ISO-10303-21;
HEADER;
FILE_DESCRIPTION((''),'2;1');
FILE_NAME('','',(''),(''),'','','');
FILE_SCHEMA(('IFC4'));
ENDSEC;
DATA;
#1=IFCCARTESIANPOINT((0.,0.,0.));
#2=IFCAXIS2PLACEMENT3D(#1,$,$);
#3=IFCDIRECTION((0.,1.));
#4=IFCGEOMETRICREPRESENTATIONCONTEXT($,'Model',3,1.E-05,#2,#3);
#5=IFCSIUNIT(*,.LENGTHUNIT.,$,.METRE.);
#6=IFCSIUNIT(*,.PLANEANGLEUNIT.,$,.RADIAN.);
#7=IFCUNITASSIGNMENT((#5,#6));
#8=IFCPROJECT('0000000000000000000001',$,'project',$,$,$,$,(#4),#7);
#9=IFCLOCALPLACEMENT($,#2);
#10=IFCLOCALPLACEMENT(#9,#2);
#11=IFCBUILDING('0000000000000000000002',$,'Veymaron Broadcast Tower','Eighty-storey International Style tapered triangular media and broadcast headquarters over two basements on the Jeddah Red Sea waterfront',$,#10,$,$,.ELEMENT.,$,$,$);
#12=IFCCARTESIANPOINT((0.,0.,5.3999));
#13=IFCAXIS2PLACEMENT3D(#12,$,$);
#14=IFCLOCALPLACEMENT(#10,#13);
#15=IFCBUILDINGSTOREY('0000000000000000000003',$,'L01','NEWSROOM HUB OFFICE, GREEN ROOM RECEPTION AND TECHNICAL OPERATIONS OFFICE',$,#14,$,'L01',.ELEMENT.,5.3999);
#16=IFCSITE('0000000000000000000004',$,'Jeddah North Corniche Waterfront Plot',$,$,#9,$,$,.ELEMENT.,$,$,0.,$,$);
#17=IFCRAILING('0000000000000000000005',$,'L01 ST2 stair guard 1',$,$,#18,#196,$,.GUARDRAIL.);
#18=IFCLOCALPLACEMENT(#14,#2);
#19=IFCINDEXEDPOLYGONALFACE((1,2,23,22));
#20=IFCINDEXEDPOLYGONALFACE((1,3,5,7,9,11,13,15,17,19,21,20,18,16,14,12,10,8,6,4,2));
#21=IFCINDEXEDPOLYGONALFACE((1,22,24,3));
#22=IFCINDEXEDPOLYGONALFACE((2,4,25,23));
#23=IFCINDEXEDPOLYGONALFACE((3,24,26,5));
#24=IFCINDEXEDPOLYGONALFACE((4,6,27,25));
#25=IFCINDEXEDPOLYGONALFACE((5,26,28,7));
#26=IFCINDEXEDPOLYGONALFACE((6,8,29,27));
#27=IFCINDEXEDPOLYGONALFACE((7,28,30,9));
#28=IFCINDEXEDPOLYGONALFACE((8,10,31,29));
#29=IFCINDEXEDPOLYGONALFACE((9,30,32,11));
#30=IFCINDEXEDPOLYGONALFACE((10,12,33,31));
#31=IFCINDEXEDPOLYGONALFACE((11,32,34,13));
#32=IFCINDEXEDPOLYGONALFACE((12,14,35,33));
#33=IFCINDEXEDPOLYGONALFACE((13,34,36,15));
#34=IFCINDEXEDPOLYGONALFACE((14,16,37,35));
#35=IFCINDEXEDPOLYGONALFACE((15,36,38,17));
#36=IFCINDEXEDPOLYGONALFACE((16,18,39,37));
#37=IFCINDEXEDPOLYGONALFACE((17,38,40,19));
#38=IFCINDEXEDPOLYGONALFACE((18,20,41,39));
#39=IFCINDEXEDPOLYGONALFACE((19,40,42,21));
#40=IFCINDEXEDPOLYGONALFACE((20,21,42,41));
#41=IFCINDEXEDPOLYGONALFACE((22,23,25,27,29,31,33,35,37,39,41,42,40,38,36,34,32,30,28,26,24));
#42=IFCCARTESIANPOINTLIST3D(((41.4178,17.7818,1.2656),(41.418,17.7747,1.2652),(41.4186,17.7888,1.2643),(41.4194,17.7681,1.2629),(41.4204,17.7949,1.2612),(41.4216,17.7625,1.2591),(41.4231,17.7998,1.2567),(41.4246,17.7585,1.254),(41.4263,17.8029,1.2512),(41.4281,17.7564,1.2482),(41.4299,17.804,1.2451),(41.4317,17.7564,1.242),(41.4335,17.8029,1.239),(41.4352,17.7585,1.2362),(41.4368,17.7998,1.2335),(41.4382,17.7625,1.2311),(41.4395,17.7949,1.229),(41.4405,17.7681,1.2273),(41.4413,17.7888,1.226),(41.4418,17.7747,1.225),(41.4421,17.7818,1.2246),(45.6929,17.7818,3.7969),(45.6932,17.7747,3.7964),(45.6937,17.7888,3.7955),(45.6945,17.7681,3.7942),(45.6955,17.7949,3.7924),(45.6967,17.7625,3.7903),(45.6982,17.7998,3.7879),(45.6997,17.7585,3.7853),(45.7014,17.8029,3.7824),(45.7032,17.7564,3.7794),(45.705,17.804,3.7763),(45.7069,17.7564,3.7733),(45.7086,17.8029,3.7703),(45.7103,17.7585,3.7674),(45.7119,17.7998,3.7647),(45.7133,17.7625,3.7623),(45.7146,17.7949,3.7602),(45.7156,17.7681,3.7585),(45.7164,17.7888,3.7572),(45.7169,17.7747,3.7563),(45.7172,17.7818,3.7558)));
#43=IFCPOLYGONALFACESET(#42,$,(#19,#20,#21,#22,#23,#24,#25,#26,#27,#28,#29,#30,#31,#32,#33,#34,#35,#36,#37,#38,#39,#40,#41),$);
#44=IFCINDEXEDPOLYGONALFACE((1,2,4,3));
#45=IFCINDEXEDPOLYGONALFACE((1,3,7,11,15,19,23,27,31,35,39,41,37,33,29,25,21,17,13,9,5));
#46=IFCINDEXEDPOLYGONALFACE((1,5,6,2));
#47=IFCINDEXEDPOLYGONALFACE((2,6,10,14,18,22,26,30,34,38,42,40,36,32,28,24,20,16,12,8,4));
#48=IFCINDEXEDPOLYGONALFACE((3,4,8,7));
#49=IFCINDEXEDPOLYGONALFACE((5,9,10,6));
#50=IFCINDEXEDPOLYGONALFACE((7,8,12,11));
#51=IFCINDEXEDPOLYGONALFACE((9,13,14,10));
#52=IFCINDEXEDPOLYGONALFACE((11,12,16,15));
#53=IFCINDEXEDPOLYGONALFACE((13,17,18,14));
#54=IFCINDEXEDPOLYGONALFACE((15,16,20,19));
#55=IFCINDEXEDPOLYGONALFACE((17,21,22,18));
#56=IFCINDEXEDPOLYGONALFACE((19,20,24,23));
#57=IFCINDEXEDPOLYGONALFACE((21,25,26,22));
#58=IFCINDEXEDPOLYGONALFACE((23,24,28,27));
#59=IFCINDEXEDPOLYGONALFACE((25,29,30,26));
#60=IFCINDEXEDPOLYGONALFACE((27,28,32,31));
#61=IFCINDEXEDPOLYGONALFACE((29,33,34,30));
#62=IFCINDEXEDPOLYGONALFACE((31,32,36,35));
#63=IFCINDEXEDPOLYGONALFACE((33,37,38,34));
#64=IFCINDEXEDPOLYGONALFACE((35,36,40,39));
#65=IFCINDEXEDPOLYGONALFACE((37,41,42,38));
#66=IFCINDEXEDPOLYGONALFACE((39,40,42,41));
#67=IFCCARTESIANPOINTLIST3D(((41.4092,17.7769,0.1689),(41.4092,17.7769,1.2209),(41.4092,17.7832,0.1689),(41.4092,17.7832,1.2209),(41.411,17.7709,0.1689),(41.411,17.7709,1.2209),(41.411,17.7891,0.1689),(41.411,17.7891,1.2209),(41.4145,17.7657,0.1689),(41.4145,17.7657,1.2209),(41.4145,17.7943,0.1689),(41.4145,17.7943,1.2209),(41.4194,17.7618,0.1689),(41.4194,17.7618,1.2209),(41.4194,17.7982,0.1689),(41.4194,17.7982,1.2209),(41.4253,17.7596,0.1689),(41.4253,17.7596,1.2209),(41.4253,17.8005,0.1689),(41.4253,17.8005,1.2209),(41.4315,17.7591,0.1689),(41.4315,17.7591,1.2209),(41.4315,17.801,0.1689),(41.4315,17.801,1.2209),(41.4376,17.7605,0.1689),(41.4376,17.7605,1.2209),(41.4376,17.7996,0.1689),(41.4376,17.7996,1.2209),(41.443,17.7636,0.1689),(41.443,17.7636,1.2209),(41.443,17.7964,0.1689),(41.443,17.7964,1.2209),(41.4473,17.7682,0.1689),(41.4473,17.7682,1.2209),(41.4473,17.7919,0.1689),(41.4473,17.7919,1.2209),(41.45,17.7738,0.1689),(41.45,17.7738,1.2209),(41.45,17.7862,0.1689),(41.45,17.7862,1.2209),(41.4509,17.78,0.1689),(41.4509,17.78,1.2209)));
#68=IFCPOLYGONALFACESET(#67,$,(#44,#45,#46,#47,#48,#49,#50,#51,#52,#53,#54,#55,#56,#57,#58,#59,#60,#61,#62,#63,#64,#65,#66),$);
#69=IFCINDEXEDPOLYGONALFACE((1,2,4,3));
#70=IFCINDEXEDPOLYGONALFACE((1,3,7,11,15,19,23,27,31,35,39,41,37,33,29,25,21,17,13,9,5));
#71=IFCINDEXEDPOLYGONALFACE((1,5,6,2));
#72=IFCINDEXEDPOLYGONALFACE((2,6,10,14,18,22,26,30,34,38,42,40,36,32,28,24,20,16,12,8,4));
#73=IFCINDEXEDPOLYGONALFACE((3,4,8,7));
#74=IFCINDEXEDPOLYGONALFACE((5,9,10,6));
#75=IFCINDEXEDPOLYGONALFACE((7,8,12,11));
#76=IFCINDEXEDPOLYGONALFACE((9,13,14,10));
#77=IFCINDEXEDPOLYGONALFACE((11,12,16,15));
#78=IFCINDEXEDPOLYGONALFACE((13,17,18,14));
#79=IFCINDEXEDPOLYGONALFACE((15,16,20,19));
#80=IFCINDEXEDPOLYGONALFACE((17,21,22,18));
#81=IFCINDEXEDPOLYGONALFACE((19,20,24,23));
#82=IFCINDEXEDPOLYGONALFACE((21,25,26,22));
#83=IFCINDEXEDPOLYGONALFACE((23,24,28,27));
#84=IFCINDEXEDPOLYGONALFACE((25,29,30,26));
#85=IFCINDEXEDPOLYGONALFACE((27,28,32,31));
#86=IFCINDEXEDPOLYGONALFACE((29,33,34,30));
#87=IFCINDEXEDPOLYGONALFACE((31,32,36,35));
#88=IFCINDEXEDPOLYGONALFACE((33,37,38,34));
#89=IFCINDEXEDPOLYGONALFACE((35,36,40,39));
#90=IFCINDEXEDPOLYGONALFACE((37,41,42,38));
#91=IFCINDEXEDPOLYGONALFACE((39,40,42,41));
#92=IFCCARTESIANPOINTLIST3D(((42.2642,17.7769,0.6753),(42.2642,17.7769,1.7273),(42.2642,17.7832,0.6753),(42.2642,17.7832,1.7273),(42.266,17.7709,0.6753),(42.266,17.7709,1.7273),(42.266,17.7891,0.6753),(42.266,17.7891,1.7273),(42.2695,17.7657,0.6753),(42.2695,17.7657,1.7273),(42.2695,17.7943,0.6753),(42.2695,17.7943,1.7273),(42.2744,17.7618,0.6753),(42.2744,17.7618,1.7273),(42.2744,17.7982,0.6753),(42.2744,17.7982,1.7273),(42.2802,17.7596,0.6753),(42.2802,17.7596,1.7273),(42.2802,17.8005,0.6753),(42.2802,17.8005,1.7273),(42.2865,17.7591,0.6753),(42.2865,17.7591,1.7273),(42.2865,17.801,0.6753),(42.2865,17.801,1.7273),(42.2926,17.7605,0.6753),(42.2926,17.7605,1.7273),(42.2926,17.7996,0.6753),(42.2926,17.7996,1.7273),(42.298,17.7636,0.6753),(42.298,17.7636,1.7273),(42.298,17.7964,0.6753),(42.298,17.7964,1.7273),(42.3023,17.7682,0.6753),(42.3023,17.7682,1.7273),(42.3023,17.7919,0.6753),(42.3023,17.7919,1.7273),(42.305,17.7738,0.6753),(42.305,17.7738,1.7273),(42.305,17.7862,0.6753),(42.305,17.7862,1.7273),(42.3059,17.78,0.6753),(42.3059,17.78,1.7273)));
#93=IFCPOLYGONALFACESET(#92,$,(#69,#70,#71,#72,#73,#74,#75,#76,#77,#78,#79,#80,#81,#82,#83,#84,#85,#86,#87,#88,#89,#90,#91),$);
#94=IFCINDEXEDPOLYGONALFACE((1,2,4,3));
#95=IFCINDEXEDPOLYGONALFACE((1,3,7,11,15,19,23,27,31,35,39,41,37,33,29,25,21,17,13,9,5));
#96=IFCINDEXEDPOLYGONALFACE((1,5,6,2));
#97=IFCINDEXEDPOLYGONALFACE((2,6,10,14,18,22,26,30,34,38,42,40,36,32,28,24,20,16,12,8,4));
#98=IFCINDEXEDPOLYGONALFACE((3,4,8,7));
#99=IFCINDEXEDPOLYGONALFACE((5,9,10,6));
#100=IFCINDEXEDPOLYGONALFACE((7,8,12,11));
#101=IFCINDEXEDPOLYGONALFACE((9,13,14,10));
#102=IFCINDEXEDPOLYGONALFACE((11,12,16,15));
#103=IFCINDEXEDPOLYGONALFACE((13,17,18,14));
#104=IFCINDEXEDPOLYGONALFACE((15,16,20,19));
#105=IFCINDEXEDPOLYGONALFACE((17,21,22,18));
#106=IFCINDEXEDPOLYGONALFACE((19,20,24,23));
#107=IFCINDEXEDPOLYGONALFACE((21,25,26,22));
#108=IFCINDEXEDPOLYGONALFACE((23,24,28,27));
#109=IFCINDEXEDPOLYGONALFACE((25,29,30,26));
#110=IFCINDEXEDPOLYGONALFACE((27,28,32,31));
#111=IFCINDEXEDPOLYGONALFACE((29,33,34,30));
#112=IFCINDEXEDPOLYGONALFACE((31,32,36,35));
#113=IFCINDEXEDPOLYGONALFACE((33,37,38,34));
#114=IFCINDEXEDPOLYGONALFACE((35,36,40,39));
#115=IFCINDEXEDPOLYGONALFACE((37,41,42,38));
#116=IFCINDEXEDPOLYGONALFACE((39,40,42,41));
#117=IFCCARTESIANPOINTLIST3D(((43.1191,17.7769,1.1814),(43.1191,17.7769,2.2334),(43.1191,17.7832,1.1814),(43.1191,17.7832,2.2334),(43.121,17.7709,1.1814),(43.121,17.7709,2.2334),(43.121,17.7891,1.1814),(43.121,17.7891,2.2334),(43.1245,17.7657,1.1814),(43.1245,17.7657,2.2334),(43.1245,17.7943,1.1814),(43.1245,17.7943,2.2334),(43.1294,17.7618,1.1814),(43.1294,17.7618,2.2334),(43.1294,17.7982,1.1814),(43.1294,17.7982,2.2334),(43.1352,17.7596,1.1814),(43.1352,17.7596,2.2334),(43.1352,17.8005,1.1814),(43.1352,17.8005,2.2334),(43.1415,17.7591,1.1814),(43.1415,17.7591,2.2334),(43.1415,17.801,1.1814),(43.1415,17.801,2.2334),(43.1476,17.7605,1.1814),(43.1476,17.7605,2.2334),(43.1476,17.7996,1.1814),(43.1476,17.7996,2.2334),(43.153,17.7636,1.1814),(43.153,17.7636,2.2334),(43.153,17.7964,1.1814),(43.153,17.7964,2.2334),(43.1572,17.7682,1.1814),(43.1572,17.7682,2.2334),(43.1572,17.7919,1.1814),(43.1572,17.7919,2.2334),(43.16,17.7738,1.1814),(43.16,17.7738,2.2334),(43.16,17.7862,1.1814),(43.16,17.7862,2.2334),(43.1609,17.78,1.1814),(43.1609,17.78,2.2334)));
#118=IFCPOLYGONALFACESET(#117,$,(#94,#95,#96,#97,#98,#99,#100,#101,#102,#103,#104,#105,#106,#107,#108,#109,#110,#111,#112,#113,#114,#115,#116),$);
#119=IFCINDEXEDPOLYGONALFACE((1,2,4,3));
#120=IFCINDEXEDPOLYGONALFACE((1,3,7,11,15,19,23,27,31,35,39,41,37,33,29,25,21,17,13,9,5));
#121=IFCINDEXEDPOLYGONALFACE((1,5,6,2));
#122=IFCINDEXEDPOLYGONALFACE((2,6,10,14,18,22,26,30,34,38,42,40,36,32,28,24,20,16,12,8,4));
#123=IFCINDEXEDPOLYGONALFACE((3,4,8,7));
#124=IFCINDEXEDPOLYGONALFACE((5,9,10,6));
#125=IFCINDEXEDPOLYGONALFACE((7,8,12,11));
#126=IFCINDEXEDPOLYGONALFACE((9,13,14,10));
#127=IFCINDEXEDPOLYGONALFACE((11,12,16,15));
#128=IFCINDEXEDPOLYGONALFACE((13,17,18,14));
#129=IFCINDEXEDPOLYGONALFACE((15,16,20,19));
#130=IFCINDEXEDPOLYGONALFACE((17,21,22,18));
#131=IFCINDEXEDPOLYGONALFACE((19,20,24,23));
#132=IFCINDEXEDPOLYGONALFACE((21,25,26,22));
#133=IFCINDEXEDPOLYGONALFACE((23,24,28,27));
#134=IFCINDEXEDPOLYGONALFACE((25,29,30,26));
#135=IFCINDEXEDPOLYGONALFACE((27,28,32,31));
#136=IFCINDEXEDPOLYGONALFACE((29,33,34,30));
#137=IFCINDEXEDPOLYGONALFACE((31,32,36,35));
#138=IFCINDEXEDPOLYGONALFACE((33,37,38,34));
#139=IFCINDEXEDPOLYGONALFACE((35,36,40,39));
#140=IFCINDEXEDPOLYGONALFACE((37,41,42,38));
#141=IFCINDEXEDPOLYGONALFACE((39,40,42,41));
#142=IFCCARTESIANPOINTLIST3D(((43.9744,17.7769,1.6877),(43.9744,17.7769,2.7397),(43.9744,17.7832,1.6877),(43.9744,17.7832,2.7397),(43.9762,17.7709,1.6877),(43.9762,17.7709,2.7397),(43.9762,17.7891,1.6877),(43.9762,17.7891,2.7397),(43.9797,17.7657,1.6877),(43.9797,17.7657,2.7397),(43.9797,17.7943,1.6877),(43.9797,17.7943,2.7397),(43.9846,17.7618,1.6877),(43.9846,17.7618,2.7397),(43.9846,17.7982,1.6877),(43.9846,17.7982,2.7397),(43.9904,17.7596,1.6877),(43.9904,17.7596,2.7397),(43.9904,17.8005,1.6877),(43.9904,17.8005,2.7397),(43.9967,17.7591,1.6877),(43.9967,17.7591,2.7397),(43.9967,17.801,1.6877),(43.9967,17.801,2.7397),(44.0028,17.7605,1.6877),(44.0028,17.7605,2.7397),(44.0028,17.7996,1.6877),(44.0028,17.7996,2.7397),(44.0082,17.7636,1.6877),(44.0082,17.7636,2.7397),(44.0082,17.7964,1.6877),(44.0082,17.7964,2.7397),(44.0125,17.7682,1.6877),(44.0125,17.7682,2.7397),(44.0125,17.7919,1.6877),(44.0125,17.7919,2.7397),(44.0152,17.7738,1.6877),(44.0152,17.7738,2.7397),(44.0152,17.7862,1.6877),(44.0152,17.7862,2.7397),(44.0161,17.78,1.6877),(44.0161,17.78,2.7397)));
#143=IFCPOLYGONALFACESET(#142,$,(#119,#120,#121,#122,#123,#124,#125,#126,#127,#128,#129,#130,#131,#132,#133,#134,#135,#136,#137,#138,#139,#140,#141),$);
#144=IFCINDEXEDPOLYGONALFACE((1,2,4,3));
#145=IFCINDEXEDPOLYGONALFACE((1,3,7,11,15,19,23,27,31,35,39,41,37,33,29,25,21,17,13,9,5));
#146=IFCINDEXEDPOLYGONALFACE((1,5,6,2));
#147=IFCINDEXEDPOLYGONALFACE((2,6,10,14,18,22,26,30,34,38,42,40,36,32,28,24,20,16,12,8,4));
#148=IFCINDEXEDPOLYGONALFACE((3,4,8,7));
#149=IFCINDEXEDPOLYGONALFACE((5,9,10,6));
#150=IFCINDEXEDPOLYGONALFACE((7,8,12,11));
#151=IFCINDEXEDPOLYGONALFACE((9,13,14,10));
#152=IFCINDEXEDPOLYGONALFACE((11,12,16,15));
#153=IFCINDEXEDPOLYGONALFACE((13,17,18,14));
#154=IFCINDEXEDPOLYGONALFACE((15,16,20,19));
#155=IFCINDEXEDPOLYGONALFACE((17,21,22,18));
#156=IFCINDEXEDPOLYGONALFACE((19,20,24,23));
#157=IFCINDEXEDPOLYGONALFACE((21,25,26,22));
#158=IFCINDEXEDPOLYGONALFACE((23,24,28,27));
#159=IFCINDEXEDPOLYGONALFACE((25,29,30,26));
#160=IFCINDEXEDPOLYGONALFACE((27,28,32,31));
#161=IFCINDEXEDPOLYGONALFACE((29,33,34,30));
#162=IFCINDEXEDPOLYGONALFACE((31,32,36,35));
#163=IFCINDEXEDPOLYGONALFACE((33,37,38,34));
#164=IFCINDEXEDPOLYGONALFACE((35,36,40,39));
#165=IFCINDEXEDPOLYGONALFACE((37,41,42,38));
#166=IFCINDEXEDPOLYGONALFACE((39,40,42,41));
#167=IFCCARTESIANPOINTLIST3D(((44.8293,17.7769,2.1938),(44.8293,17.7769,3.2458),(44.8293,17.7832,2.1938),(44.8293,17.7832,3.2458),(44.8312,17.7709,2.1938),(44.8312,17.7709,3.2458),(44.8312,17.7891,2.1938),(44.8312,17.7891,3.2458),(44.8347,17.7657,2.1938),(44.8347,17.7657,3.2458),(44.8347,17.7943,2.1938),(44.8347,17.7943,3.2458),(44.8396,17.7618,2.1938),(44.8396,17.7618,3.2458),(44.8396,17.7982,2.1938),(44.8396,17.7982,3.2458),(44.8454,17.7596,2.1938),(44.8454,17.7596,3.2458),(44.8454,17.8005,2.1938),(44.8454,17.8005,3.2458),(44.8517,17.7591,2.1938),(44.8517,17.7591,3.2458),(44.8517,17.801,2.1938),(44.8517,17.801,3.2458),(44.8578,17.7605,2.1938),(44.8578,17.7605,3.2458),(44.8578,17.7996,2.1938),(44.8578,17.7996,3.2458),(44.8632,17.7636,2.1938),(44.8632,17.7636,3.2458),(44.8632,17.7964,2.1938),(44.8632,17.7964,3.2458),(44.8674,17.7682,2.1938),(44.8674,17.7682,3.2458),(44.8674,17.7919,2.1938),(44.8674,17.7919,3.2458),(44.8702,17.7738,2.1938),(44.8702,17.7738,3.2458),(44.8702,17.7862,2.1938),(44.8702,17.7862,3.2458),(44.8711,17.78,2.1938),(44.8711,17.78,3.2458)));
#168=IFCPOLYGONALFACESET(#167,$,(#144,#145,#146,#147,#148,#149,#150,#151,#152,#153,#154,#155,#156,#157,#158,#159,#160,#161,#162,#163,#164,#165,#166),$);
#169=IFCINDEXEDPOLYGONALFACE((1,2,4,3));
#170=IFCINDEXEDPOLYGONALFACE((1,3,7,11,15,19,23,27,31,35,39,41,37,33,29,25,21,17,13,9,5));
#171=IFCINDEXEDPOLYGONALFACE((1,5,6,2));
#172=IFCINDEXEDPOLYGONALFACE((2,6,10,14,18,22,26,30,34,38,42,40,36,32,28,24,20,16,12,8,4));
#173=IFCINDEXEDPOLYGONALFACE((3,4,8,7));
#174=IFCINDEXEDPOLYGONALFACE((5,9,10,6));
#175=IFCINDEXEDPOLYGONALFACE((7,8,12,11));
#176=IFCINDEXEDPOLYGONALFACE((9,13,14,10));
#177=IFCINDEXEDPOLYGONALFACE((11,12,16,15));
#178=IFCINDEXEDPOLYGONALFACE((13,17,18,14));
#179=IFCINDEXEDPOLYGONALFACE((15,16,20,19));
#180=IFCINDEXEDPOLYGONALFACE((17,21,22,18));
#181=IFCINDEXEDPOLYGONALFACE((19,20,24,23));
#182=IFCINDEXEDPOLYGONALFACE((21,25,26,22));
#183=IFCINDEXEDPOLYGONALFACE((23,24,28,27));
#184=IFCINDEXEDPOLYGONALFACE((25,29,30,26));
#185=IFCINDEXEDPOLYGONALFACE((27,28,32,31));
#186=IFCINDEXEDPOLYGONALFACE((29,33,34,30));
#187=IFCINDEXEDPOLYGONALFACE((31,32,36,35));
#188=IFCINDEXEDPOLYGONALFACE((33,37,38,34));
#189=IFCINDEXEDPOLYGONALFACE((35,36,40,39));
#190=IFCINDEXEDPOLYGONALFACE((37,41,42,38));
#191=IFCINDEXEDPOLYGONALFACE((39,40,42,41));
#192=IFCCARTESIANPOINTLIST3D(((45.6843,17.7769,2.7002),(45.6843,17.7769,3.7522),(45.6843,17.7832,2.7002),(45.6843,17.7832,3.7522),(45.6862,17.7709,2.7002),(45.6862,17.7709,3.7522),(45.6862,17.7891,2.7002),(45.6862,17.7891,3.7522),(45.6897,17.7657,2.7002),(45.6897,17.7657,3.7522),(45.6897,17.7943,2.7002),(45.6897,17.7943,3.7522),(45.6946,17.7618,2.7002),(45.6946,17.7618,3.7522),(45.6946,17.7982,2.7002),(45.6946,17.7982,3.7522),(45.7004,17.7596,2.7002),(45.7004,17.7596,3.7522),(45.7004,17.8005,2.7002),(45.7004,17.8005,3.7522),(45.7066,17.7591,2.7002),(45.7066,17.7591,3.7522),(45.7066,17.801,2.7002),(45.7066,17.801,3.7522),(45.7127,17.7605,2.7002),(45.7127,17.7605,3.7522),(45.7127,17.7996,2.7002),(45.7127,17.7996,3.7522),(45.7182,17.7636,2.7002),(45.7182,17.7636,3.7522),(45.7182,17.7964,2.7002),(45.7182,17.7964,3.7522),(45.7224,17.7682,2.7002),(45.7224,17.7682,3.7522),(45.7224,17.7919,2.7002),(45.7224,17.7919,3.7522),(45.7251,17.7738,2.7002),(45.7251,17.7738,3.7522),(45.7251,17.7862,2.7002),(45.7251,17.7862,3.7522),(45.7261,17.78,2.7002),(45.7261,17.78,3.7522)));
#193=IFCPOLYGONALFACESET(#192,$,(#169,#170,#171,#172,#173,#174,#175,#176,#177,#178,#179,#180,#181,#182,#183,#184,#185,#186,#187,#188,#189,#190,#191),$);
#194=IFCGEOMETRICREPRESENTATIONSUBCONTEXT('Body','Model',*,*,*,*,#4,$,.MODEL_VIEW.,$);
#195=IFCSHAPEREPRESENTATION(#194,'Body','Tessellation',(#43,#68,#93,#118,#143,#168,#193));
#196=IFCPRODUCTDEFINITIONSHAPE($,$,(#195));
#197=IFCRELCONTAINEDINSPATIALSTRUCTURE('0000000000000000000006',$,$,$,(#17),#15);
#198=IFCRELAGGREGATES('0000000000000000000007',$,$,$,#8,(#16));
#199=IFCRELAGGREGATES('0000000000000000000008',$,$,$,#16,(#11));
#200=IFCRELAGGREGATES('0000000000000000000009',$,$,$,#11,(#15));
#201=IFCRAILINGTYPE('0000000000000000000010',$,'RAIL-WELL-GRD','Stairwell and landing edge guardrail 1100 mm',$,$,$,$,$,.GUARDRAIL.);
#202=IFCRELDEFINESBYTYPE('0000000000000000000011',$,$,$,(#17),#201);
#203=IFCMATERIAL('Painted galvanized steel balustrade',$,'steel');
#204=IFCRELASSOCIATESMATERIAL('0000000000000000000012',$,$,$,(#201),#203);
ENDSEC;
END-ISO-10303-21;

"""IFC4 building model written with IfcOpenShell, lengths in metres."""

from ifc_helpers import new_model, si_unit, direction, frame, origin, origin_2d, place, context, subcontext, project, spatial, circle, extrude, material, type_object, element, save


model = new_model("IFC4")

# Units and contexts
model_context = context("Model", 3, precision=1e-05, world=origin(), true_north=direction((0.0, 1.0)))
body_context = subcontext(model_context, "Body", "Model", "MODEL_VIEW")
ifc_project = project(units=[si_unit("LENGTHUNIT", "METRE"), si_unit("PLANEANGLEUNIT", "RADIAN")], contexts=[model_context])

# Site, building, storey
site_placement = place(None, origin())
site = spatial("IfcSite", under=ifc_project, at=site_placement, Name="Jeddah North Corniche Waterfront Plot", CompositionType="ELEMENT", RefElevation=0.0)
building_placement = place(site_placement, origin())
building = spatial("IfcBuilding", under=site, at=building_placement, Name="Veymaron Broadcast Tower", Description="Eighty-storey International Style tapered triangular media and broadcast headquarters over two basements on the Jeddah Red Sea waterfront", CompositionType="ELEMENT")
storey_placement = place(building_placement, frame((0.0, 0.0, 5.3999)))
storey = spatial("IfcBuildingStorey", under=building, at=storey_placement, Name="L01", Description="NEWSROOM HUB OFFICE, GREEN ROOM RECEPTION AND TECHNICAL OPERATIONS OFFICE", LongName="L01", CompositionType="ELEMENT", Elevation=5.3999)

# Railing
ifc_material_1 = material(Name="Painted galvanized steel balustrade", Category="steel")
railing_type_1 = type_object("IfcRailingType", Name="RAIL-WELL-GRD", Description="Stairwell and landing edge guardrail 1100 mm", PredefinedType="GUARDRAIL", material=ifc_material_1)
railing_1_placement = place(storey_placement, frame((41.4299, 17.78, 0.1689)))
element("IfcRailing", 1, at=railing_1_placement, inside=storey, type_object=railing_type_1, Name="L01 ST2 stair guard 1", PredefinedType="GUARDRAIL", context=body_context, shape_type="SweptSolid", body=[
    extrude(circle(Radius=0.0239, at=origin_2d()), frame((0.0, 0.0, 1.0762), z_axis=(0.860483, 0.0, 0.509479), x_axis=(0.0, 1.0, 0.0)), (0.0, 0.0, 1.0), 4.9683),
    extrude(circle(Radius=0.021, at=origin_2d()), origin(), (0.0, 0.0, 1.0), 1.052),
    extrude(circle(Radius=0.021, at=origin_2d()), frame((0.855, 0.0, 0.5063)), (0.0, 0.0, 1.0), 1.052),
    extrude(circle(Radius=0.021, at=origin_2d()), frame((1.71, 0.0, 1.0125)), (0.0, 0.0, 1.0), 1.052),
    extrude(circle(Radius=0.021, at=origin_2d()), frame((2.5652, 0.0, 1.5188)), (0.0, 0.0, 1.0), 1.052),
    extrude(circle(Radius=0.021, at=origin_2d()), frame((3.4202, 0.0, 2.0249)), (0.0, 0.0, 1.0), 1.052),
    extrude(circle(Radius=0.021, at=origin_2d()), frame((4.2751, 0.0, 2.5312)), (0.0, 0.0, 1.0), 1.052),
])

save(model, "model.ifc")
